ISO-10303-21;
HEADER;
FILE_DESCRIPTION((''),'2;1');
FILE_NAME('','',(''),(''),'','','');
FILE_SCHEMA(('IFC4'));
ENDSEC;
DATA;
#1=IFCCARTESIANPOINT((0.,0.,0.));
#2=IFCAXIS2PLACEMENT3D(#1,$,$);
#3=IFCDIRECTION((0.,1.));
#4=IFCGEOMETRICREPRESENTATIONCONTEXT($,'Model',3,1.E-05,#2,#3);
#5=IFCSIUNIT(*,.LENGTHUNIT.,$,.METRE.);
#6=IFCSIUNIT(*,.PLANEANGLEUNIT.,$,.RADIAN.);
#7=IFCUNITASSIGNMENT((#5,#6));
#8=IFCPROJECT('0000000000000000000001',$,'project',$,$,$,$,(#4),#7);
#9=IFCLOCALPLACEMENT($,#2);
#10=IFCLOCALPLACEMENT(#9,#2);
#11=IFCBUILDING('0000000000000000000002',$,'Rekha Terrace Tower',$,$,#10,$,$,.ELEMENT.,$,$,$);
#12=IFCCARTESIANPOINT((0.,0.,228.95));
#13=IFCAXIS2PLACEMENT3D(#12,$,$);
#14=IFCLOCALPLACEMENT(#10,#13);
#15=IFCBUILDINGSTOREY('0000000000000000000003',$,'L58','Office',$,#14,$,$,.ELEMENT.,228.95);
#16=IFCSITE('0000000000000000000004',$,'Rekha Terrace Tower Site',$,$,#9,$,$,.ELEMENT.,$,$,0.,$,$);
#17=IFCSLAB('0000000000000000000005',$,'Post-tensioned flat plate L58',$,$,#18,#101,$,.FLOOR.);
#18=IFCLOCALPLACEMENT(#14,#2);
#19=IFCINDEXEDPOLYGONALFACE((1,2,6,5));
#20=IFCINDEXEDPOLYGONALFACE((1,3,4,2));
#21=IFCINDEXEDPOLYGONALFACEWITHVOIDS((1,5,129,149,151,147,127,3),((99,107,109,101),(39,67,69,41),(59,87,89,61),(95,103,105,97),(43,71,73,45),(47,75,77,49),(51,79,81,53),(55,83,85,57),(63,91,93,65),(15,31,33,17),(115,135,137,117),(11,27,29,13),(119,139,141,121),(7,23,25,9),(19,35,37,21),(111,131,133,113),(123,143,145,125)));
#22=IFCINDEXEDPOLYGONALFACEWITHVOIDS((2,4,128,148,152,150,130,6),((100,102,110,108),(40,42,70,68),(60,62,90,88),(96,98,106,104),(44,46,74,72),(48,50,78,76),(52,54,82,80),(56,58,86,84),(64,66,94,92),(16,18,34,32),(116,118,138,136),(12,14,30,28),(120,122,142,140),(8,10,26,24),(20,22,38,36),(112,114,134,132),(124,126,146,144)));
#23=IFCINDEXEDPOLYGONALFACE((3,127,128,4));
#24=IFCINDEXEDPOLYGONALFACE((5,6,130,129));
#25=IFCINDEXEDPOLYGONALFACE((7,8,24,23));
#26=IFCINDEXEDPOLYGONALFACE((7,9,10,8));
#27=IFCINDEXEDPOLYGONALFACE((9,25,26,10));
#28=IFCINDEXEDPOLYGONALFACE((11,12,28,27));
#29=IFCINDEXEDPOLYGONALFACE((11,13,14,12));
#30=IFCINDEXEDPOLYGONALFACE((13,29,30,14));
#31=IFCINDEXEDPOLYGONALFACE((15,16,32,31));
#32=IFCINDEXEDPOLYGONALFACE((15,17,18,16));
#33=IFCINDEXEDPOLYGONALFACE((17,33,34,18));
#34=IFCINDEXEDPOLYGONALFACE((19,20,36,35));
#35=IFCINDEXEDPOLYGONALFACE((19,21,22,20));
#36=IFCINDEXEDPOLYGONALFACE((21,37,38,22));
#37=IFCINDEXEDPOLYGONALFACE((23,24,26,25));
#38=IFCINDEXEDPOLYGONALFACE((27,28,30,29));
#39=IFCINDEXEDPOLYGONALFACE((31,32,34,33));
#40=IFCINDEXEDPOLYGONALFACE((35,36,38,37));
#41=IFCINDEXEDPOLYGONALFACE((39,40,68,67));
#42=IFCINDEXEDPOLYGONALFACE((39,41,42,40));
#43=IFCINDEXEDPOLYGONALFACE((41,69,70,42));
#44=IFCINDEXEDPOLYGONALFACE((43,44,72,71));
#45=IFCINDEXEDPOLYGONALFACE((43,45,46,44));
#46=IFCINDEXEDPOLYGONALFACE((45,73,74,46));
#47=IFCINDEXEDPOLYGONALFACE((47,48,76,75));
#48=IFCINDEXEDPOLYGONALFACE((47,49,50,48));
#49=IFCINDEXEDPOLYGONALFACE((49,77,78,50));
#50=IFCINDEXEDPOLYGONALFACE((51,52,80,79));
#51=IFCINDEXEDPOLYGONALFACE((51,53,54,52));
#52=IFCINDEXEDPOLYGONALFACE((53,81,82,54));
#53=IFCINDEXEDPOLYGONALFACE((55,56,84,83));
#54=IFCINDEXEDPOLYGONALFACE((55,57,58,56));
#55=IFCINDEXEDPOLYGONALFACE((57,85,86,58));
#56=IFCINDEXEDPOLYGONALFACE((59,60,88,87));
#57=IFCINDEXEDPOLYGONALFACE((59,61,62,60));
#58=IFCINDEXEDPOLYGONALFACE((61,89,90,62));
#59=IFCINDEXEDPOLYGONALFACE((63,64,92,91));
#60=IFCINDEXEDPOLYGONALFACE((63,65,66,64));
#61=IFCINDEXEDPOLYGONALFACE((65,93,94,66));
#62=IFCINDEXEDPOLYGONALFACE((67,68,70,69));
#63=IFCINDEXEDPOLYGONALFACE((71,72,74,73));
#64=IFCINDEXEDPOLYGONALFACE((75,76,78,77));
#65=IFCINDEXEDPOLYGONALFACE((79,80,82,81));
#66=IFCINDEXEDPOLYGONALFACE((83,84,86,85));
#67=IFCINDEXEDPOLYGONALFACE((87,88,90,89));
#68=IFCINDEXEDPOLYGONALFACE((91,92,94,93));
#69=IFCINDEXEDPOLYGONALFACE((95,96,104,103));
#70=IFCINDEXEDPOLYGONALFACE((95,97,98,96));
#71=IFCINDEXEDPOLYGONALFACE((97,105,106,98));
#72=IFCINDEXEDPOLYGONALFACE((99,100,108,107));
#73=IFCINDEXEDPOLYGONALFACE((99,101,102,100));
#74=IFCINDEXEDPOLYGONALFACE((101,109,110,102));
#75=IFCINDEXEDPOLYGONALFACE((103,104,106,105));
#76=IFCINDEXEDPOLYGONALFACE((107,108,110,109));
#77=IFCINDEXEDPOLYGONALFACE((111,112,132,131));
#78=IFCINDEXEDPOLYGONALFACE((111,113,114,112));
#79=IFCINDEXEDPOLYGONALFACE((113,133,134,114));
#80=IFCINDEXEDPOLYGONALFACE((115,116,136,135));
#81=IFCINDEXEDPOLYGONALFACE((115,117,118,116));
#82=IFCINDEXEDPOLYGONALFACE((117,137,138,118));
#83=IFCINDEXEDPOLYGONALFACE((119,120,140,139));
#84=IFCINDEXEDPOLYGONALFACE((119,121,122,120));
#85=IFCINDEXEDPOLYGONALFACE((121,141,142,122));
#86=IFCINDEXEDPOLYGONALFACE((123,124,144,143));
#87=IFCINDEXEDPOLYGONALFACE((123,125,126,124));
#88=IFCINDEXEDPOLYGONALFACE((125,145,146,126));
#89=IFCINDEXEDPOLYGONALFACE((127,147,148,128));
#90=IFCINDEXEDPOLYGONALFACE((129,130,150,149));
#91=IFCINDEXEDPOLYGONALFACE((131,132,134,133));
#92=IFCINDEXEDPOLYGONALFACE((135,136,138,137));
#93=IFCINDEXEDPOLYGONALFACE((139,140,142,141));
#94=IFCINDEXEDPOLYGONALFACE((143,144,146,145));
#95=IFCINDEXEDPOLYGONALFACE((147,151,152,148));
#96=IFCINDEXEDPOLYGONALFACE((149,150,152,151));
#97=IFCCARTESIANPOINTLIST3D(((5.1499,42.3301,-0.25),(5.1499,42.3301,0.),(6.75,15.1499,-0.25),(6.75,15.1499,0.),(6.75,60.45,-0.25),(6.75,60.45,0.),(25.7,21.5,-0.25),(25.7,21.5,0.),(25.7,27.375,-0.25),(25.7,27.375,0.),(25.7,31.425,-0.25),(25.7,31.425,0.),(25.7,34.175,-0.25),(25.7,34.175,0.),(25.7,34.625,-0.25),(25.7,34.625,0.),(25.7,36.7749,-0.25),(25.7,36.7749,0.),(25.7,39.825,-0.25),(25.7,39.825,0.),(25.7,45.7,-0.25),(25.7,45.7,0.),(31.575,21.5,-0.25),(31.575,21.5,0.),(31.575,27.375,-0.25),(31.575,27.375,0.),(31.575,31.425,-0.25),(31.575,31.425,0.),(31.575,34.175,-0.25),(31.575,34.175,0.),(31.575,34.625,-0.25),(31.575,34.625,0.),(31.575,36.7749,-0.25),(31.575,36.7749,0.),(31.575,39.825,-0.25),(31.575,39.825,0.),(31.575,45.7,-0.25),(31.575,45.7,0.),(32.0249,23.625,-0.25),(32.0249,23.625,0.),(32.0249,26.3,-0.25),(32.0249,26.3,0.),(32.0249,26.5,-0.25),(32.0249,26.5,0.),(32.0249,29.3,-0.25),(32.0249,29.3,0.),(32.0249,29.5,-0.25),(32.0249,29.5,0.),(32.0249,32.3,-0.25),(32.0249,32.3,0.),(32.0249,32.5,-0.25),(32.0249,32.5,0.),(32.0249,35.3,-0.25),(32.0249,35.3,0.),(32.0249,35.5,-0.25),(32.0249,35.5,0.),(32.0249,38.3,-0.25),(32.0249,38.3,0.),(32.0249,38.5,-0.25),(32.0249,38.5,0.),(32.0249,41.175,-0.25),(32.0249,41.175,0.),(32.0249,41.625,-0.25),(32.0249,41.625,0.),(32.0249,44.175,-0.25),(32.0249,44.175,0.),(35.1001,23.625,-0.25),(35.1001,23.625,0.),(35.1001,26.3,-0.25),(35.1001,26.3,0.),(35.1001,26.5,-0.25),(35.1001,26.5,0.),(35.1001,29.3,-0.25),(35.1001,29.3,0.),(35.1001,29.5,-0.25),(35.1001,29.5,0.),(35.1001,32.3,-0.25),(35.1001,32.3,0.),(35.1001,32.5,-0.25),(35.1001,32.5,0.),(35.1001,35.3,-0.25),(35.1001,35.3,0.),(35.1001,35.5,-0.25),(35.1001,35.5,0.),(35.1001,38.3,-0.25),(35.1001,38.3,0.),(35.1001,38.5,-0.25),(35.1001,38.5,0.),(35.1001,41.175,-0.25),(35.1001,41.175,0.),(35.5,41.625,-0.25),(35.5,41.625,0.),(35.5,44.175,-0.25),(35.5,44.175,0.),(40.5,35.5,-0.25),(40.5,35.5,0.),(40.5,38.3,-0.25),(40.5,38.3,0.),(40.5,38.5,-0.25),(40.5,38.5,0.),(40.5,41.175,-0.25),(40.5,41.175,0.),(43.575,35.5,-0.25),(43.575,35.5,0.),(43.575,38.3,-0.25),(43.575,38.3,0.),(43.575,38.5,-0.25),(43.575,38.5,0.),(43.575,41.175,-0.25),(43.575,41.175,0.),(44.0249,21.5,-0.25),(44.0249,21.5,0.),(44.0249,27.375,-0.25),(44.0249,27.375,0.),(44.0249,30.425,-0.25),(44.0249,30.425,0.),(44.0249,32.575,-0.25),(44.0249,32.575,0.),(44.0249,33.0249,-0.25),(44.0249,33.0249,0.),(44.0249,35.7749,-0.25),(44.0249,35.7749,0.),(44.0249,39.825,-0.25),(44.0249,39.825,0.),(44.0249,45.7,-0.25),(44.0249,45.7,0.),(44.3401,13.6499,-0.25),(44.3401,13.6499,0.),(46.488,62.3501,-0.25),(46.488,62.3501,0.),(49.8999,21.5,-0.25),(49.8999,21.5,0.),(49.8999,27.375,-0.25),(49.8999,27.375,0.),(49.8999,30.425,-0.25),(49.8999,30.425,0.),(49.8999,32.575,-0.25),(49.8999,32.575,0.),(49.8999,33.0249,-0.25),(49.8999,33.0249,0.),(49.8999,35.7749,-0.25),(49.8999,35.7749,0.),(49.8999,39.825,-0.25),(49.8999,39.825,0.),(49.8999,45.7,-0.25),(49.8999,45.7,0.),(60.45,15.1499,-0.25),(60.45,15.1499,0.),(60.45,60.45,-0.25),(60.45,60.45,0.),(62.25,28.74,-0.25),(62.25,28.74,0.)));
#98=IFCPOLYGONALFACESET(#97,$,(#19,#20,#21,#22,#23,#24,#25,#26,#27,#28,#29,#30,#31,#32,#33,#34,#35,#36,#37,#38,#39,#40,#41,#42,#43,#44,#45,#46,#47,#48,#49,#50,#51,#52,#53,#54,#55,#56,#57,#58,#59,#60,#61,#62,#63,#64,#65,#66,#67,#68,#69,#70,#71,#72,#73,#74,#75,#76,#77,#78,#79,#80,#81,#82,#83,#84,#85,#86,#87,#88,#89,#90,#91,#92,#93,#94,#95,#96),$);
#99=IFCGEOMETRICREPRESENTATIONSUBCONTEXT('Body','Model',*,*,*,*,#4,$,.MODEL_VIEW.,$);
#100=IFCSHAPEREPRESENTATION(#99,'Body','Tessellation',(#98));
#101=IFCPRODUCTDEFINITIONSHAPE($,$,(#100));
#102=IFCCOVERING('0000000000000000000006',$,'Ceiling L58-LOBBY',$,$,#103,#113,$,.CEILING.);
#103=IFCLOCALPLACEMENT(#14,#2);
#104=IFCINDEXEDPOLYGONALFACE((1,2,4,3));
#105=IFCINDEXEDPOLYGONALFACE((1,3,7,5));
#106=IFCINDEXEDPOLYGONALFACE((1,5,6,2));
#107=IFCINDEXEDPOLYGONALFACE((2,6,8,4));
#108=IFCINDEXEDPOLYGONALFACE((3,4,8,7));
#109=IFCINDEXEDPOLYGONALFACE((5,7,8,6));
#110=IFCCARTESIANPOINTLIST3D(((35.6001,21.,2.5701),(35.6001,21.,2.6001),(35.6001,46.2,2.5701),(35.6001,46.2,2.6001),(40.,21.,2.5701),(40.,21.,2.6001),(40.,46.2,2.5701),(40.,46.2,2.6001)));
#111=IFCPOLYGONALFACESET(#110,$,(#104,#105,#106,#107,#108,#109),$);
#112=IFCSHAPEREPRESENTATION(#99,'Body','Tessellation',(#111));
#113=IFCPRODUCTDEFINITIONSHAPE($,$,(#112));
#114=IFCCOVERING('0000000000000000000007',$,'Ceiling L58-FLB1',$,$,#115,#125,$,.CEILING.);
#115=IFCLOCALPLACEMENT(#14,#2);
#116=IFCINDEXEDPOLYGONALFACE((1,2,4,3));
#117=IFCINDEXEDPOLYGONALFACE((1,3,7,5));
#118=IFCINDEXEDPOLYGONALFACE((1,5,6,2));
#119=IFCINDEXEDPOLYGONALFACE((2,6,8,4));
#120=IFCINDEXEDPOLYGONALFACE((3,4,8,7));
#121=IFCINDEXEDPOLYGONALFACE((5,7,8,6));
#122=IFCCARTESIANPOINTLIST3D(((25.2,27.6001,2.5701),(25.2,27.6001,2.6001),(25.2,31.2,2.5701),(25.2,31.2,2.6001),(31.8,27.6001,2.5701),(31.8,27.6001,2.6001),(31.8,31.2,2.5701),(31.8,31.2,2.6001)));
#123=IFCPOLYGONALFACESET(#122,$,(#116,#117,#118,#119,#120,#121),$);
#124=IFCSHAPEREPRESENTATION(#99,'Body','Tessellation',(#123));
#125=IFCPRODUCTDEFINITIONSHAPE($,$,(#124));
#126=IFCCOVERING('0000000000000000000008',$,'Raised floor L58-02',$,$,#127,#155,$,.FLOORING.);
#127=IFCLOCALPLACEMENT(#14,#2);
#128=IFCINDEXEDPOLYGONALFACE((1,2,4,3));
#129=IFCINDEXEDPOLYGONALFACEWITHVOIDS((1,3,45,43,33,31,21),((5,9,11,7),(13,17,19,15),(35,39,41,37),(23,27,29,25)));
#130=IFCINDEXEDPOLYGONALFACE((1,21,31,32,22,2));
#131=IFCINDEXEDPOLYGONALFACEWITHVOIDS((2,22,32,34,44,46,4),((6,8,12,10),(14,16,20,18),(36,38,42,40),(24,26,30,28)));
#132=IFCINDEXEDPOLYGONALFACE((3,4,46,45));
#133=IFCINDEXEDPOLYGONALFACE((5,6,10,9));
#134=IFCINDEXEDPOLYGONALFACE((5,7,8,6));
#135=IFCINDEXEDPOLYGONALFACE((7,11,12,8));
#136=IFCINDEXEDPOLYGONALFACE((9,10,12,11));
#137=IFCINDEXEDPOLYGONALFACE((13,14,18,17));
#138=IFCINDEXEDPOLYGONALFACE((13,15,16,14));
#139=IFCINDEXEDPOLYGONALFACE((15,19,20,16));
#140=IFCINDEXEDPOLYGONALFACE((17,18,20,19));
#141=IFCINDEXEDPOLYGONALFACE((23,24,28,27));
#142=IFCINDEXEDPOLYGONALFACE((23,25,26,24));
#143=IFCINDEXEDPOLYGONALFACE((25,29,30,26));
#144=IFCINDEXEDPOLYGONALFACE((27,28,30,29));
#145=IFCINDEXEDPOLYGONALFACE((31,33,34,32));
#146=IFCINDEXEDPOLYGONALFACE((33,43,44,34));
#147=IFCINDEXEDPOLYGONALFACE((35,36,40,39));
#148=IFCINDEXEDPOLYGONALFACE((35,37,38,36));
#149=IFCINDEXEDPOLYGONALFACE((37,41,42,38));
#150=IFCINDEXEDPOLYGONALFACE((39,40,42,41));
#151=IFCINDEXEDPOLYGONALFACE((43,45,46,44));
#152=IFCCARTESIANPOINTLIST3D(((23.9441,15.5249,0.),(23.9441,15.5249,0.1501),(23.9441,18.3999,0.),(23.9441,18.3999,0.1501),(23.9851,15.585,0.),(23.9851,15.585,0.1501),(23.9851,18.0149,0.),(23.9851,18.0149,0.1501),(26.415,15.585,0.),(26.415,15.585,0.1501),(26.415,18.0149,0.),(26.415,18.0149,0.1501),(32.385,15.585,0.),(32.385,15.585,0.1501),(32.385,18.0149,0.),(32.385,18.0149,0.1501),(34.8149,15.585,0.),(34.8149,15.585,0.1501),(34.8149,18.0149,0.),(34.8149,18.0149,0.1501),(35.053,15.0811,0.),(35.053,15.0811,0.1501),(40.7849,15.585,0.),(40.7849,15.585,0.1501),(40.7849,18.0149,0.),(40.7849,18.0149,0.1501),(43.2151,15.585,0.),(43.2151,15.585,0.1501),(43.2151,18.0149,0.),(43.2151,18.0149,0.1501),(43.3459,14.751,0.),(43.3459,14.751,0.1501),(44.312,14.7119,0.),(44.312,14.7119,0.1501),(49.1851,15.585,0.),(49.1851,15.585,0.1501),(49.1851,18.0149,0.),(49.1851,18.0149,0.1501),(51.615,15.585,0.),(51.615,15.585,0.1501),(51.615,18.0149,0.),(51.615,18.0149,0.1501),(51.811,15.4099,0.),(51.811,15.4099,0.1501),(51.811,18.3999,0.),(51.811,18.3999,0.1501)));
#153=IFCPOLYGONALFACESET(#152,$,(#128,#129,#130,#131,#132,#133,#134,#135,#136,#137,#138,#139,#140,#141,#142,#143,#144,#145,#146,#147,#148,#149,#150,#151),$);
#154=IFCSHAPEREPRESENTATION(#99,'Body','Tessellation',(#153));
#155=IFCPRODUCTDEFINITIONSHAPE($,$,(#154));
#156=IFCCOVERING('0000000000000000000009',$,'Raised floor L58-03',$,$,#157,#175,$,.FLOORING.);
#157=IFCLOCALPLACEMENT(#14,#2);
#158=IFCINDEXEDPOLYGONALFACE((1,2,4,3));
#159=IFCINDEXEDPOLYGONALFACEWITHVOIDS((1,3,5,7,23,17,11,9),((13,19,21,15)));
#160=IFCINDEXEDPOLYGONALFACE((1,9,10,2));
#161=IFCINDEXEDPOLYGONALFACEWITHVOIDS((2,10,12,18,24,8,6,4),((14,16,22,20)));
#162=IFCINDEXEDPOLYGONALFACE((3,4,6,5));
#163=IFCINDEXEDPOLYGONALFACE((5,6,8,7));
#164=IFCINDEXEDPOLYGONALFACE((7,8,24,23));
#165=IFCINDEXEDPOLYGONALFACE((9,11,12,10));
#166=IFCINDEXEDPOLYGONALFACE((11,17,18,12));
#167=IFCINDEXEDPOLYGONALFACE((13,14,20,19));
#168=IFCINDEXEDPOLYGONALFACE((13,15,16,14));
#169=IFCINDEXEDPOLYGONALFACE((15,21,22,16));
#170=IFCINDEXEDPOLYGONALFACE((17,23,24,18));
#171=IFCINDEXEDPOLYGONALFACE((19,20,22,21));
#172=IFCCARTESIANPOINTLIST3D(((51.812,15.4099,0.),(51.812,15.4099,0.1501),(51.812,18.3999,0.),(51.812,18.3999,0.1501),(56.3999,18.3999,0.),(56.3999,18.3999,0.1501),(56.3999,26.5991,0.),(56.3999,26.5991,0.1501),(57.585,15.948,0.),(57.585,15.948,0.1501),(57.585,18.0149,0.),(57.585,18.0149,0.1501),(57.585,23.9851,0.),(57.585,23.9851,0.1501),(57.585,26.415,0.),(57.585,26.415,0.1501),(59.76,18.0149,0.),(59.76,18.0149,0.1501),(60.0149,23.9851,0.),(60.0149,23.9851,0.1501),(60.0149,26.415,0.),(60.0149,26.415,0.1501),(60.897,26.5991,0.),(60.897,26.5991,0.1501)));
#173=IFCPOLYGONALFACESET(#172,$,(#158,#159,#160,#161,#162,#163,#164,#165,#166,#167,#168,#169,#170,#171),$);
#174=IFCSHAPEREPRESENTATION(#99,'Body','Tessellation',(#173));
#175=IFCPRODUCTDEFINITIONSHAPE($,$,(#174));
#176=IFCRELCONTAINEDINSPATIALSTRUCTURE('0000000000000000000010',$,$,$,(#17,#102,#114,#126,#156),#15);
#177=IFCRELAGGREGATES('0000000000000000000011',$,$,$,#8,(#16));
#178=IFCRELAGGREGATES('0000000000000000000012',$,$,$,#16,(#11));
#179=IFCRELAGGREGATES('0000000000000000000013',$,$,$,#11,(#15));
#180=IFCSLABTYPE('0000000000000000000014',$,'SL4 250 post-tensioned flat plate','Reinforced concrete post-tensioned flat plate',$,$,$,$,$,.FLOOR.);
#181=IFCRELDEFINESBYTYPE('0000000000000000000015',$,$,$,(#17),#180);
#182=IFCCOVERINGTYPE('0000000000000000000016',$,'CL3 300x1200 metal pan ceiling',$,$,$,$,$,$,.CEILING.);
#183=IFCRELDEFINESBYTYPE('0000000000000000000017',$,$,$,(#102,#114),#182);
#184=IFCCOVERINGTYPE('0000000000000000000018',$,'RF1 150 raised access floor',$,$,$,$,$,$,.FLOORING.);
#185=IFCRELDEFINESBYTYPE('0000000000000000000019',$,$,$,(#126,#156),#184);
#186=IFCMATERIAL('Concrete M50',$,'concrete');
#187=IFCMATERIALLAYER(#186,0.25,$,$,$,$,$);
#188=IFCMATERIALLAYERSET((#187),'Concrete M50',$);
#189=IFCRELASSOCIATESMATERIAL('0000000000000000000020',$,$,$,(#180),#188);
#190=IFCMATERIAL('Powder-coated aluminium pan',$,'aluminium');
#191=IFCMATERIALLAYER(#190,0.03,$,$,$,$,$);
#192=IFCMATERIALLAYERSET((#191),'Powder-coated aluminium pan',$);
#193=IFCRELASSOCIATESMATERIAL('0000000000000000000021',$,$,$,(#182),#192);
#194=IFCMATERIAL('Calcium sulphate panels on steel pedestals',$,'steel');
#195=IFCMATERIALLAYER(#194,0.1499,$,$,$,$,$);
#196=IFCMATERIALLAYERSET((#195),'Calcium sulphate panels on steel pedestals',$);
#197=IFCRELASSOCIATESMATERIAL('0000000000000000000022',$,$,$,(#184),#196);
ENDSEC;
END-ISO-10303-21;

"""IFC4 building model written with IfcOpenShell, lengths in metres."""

from ifc_helpers import new_model, si_unit, direction, frame, origin, place, context, subcontext, project, spatial, polyline, outline, extrude, material, layer, layer_set, type_object, element, save


model = new_model("IFC4")

# Units and contexts
model_context = context("Model", 3, precision=1e-05, world=origin(), true_north=direction((0.0, 1.0)))
body_context = subcontext(model_context, "Body", "Model", "MODEL_VIEW")
ifc_project = project(units=[si_unit("LENGTHUNIT", "METRE"), si_unit("PLANEANGLEUNIT", "RADIAN")], contexts=[model_context])

# Site, building, storey
site_placement = place(None, origin())
site = spatial("IfcSite", under=ifc_project, at=site_placement, Name="Rekha Terrace Tower Site", CompositionType="ELEMENT", RefElevation=0.0)
building_placement = place(site_placement, origin())
building = spatial("IfcBuilding", under=site, at=building_placement, Name="Rekha Terrace Tower", CompositionType="ELEMENT")
storey_placement = place(building_placement, frame((0.0, 0.0, 228.95)))
storey = spatial("IfcBuildingStorey", under=building, at=storey_placement, Name="L58", Description="Office", CompositionType="ELEMENT", Elevation=228.95)

# Slab
ifc_material_1 = material(Name="Concrete M50", Category="concrete")
ifc_layer_1 = layer(ifc_material_1, 0.25)
ifc_layer_set_1 = layer_set([ifc_layer_1], Name="Concrete M50")
slab_type_1 = type_object("IfcSlabType", Name="SL4 250 post-tensioned flat plate", Description="Reinforced concrete post-tensioned flat plate", PredefinedType="FLOOR", material=ifc_layer_set_1)
slab_1_placement = place(storey_placement, frame((0.0, 0.0, -0.25)))
element("IfcSlab", 1, at=slab_1_placement, inside=storey, type_object=slab_type_1, Name="Post-tensioned flat plate L58", PredefinedType="FLOOR", context=body_context, shape_type="SweptSolid", body=[
    extrude(outline(polyline([(5.1499, 42.3301), (6.75, 15.1499), (44.3401, 13.6499), (60.45, 15.1499), (62.25, 28.74), (60.45, 60.45), (46.488, 62.3501), (6.75, 60.45), (5.1499, 42.3301)]), holes=[polyline([(31.575, 27.375), (31.575, 21.5), (25.7, 21.5), (25.7, 27.375), (31.575, 27.375)]), polyline([(35.1001, 26.3), (35.1001, 23.625), (32.0249, 23.625), (32.0249, 26.3), (35.1001, 26.3)]), polyline([(35.1001, 29.3), (35.1001, 26.5), (32.0249, 26.5), (32.0249, 29.3), (35.1001, 29.3)]), polyline([(35.1001, 32.3), (35.1001, 29.5), (32.0249, 29.5), (32.0249, 32.3), (35.1001, 32.3)]), polyline([(31.575, 34.175), (31.575, 31.425), (25.7, 31.425), (25.7, 34.175), (31.575, 34.175)]), polyline([(35.1001, 35.3), (35.1001, 32.5), (32.0249, 32.5), (32.0249, 35.3), (35.1001, 35.3)]), polyline([(31.575, 36.7749), (31.575, 34.625), (25.7, 34.625), (25.7, 36.7749), (31.575, 36.7749)]), polyline([(35.1001, 38.3), (35.1001, 35.5), (32.0249, 35.5), (32.0249, 38.3), (35.1001, 38.3)]), polyline([(31.575, 45.7), (31.575, 39.825), (25.7, 39.825), (25.7, 45.7), (31.575, 45.7)]), polyline([(49.8999, 27.375), (49.8999, 21.5), (44.0249, 21.5), (44.0249, 27.375), (49.8999, 27.375)]), polyline([(49.8999, 32.575), (49.8999, 30.425), (44.0249, 30.425), (44.0249, 32.575), (49.8999, 32.575)]), polyline([(49.8999, 35.7749), (49.8999, 33.0249), (44.0249, 33.0249), (44.0249, 35.7749), (49.8999, 35.7749)]), polyline([(43.575, 38.3), (43.575, 35.5), (40.5, 35.5), (40.5, 38.3), (43.575, 38.3)]), polyline([(35.1001, 41.175), (35.1001, 38.5), (32.0249, 38.5), (32.0249, 41.175), (35.1001, 41.175)]), polyline([(43.575, 41.175), (43.575, 38.5), (40.5, 38.5), (40.5, 41.175), (43.575, 41.175)]), polyline([(49.8999, 39.825), (44.0249, 39.825), (44.0249, 45.7), (49.8999, 45.7), (49.8999, 39.825)]), polyline([(35.5, 41.625), (32.0249, 41.625), (32.0249, 44.175), (35.5, 44.175), (35.5, 41.625)])]), origin(), (0.0, 0.0, 1.0), 0.25),
])

# Coverings
ifc_material_2 = material(Name="Powder-coated aluminium pan", Category="aluminium")
ifc_layer_2 = layer(ifc_material_2, 0.03)
ifc_layer_set_2 = layer_set([ifc_layer_2], Name="Powder-coated aluminium pan")
covering_type_1 = type_object("IfcCoveringType", Name="CL3 300x1200 metal pan ceiling", PredefinedType="CEILING", material=ifc_layer_set_2)
covering_1_placement = place(storey_placement, frame((0.0, 0.0, 2.5701)))
element("IfcCovering", 2, at=covering_1_placement, inside=storey, type_object=covering_type_1, Name="Ceiling L58-LOBBY", PredefinedType="CEILING", context=body_context, shape_type="SweptSolid", body=[
    extrude(outline(polyline([(40.0, 46.2), (35.6001, 46.2), (35.6001, 21.0), (40.0, 21.0), (40.0, 46.2)])), origin(), (0.0, 0.0, 1.0), 0.03),
])
covering_2_placement = place(storey_placement, frame((0.0, 0.0, 2.5701)))
element("IfcCovering", 3, at=covering_2_placement, inside=storey, type_object=covering_type_1, Name="Ceiling L58-FLB1", PredefinedType="CEILING", context=body_context, shape_type="SweptSolid", body=[
    extrude(outline(polyline([(31.8, 31.2), (25.2, 31.2), (25.2, 27.6001), (31.8, 27.6001), (31.8, 31.2)])), origin(), (0.0, 0.0, 1.0), 0.03),
])
ifc_material_3 = material(Name="Calcium sulphate panels on steel pedestals", Category="steel")
ifc_layer_3 = layer(ifc_material_3, 0.1499)
ifc_layer_set_3 = layer_set([ifc_layer_3], Name="Calcium sulphate panels on steel pedestals")
covering_type_2 = type_object("IfcCoveringType", Name="RF1 150 raised access floor", PredefinedType="FLOORING", material=ifc_layer_set_3)
covering_3_placement = place(storey_placement, origin())
element("IfcCovering", 4, at=covering_3_placement, inside=storey, type_object=covering_type_2, Name="Raised floor L58-02", PredefinedType="FLOORING", context=body_context, shape_type="SweptSolid", body=[
    extrude(outline(polyline([(51.811, 18.3999), (23.9441, 18.3999), (23.9441, 15.5249), (35.053, 15.0811), (43.3459, 14.751), (44.312, 14.7119), (51.811, 15.4099), (51.811, 18.3999)]), holes=[polyline([(51.615, 15.585), (49.1851, 15.585), (49.1851, 18.0149), (51.615, 18.0149), (51.615, 15.585)]), polyline([(43.2151, 18.0149), (43.2151, 15.585), (40.7849, 15.585), (40.7849, 18.0149), (43.2151, 18.0149)]), polyline([(34.8149, 15.585), (32.385, 15.585), (32.385, 18.0149), (34.8149, 18.0149), (34.8149, 15.585)]), polyline([(26.415, 18.0149), (26.415, 15.585), (23.9851, 15.585), (23.9851, 18.0149), (26.415, 18.0149)])]), origin(), (0.0, 0.0, 1.0), 0.1501),
])
covering_4_placement = place(storey_placement, origin())
element("IfcCovering", 5, at=covering_4_placement, inside=storey, type_object=covering_type_2, Name="Raised floor L58-03", PredefinedType="FLOORING", context=body_context, shape_type="SweptSolid", body=[
    extrude(outline(polyline([(59.76, 18.0149), (60.897, 26.5991), (56.3999, 26.5991), (56.3999, 18.3999), (51.812, 18.3999), (51.812, 15.4099), (57.585, 15.948), (57.585, 18.0149), (59.76, 18.0149)]), holes=[polyline([(60.0149, 23.9851), (57.585, 23.9851), (57.585, 26.415), (60.0149, 26.415), (60.0149, 23.9851)])]), origin(), (0.0, 0.0, 1.0), 0.1501),
])

save(model, "model.ifc")
